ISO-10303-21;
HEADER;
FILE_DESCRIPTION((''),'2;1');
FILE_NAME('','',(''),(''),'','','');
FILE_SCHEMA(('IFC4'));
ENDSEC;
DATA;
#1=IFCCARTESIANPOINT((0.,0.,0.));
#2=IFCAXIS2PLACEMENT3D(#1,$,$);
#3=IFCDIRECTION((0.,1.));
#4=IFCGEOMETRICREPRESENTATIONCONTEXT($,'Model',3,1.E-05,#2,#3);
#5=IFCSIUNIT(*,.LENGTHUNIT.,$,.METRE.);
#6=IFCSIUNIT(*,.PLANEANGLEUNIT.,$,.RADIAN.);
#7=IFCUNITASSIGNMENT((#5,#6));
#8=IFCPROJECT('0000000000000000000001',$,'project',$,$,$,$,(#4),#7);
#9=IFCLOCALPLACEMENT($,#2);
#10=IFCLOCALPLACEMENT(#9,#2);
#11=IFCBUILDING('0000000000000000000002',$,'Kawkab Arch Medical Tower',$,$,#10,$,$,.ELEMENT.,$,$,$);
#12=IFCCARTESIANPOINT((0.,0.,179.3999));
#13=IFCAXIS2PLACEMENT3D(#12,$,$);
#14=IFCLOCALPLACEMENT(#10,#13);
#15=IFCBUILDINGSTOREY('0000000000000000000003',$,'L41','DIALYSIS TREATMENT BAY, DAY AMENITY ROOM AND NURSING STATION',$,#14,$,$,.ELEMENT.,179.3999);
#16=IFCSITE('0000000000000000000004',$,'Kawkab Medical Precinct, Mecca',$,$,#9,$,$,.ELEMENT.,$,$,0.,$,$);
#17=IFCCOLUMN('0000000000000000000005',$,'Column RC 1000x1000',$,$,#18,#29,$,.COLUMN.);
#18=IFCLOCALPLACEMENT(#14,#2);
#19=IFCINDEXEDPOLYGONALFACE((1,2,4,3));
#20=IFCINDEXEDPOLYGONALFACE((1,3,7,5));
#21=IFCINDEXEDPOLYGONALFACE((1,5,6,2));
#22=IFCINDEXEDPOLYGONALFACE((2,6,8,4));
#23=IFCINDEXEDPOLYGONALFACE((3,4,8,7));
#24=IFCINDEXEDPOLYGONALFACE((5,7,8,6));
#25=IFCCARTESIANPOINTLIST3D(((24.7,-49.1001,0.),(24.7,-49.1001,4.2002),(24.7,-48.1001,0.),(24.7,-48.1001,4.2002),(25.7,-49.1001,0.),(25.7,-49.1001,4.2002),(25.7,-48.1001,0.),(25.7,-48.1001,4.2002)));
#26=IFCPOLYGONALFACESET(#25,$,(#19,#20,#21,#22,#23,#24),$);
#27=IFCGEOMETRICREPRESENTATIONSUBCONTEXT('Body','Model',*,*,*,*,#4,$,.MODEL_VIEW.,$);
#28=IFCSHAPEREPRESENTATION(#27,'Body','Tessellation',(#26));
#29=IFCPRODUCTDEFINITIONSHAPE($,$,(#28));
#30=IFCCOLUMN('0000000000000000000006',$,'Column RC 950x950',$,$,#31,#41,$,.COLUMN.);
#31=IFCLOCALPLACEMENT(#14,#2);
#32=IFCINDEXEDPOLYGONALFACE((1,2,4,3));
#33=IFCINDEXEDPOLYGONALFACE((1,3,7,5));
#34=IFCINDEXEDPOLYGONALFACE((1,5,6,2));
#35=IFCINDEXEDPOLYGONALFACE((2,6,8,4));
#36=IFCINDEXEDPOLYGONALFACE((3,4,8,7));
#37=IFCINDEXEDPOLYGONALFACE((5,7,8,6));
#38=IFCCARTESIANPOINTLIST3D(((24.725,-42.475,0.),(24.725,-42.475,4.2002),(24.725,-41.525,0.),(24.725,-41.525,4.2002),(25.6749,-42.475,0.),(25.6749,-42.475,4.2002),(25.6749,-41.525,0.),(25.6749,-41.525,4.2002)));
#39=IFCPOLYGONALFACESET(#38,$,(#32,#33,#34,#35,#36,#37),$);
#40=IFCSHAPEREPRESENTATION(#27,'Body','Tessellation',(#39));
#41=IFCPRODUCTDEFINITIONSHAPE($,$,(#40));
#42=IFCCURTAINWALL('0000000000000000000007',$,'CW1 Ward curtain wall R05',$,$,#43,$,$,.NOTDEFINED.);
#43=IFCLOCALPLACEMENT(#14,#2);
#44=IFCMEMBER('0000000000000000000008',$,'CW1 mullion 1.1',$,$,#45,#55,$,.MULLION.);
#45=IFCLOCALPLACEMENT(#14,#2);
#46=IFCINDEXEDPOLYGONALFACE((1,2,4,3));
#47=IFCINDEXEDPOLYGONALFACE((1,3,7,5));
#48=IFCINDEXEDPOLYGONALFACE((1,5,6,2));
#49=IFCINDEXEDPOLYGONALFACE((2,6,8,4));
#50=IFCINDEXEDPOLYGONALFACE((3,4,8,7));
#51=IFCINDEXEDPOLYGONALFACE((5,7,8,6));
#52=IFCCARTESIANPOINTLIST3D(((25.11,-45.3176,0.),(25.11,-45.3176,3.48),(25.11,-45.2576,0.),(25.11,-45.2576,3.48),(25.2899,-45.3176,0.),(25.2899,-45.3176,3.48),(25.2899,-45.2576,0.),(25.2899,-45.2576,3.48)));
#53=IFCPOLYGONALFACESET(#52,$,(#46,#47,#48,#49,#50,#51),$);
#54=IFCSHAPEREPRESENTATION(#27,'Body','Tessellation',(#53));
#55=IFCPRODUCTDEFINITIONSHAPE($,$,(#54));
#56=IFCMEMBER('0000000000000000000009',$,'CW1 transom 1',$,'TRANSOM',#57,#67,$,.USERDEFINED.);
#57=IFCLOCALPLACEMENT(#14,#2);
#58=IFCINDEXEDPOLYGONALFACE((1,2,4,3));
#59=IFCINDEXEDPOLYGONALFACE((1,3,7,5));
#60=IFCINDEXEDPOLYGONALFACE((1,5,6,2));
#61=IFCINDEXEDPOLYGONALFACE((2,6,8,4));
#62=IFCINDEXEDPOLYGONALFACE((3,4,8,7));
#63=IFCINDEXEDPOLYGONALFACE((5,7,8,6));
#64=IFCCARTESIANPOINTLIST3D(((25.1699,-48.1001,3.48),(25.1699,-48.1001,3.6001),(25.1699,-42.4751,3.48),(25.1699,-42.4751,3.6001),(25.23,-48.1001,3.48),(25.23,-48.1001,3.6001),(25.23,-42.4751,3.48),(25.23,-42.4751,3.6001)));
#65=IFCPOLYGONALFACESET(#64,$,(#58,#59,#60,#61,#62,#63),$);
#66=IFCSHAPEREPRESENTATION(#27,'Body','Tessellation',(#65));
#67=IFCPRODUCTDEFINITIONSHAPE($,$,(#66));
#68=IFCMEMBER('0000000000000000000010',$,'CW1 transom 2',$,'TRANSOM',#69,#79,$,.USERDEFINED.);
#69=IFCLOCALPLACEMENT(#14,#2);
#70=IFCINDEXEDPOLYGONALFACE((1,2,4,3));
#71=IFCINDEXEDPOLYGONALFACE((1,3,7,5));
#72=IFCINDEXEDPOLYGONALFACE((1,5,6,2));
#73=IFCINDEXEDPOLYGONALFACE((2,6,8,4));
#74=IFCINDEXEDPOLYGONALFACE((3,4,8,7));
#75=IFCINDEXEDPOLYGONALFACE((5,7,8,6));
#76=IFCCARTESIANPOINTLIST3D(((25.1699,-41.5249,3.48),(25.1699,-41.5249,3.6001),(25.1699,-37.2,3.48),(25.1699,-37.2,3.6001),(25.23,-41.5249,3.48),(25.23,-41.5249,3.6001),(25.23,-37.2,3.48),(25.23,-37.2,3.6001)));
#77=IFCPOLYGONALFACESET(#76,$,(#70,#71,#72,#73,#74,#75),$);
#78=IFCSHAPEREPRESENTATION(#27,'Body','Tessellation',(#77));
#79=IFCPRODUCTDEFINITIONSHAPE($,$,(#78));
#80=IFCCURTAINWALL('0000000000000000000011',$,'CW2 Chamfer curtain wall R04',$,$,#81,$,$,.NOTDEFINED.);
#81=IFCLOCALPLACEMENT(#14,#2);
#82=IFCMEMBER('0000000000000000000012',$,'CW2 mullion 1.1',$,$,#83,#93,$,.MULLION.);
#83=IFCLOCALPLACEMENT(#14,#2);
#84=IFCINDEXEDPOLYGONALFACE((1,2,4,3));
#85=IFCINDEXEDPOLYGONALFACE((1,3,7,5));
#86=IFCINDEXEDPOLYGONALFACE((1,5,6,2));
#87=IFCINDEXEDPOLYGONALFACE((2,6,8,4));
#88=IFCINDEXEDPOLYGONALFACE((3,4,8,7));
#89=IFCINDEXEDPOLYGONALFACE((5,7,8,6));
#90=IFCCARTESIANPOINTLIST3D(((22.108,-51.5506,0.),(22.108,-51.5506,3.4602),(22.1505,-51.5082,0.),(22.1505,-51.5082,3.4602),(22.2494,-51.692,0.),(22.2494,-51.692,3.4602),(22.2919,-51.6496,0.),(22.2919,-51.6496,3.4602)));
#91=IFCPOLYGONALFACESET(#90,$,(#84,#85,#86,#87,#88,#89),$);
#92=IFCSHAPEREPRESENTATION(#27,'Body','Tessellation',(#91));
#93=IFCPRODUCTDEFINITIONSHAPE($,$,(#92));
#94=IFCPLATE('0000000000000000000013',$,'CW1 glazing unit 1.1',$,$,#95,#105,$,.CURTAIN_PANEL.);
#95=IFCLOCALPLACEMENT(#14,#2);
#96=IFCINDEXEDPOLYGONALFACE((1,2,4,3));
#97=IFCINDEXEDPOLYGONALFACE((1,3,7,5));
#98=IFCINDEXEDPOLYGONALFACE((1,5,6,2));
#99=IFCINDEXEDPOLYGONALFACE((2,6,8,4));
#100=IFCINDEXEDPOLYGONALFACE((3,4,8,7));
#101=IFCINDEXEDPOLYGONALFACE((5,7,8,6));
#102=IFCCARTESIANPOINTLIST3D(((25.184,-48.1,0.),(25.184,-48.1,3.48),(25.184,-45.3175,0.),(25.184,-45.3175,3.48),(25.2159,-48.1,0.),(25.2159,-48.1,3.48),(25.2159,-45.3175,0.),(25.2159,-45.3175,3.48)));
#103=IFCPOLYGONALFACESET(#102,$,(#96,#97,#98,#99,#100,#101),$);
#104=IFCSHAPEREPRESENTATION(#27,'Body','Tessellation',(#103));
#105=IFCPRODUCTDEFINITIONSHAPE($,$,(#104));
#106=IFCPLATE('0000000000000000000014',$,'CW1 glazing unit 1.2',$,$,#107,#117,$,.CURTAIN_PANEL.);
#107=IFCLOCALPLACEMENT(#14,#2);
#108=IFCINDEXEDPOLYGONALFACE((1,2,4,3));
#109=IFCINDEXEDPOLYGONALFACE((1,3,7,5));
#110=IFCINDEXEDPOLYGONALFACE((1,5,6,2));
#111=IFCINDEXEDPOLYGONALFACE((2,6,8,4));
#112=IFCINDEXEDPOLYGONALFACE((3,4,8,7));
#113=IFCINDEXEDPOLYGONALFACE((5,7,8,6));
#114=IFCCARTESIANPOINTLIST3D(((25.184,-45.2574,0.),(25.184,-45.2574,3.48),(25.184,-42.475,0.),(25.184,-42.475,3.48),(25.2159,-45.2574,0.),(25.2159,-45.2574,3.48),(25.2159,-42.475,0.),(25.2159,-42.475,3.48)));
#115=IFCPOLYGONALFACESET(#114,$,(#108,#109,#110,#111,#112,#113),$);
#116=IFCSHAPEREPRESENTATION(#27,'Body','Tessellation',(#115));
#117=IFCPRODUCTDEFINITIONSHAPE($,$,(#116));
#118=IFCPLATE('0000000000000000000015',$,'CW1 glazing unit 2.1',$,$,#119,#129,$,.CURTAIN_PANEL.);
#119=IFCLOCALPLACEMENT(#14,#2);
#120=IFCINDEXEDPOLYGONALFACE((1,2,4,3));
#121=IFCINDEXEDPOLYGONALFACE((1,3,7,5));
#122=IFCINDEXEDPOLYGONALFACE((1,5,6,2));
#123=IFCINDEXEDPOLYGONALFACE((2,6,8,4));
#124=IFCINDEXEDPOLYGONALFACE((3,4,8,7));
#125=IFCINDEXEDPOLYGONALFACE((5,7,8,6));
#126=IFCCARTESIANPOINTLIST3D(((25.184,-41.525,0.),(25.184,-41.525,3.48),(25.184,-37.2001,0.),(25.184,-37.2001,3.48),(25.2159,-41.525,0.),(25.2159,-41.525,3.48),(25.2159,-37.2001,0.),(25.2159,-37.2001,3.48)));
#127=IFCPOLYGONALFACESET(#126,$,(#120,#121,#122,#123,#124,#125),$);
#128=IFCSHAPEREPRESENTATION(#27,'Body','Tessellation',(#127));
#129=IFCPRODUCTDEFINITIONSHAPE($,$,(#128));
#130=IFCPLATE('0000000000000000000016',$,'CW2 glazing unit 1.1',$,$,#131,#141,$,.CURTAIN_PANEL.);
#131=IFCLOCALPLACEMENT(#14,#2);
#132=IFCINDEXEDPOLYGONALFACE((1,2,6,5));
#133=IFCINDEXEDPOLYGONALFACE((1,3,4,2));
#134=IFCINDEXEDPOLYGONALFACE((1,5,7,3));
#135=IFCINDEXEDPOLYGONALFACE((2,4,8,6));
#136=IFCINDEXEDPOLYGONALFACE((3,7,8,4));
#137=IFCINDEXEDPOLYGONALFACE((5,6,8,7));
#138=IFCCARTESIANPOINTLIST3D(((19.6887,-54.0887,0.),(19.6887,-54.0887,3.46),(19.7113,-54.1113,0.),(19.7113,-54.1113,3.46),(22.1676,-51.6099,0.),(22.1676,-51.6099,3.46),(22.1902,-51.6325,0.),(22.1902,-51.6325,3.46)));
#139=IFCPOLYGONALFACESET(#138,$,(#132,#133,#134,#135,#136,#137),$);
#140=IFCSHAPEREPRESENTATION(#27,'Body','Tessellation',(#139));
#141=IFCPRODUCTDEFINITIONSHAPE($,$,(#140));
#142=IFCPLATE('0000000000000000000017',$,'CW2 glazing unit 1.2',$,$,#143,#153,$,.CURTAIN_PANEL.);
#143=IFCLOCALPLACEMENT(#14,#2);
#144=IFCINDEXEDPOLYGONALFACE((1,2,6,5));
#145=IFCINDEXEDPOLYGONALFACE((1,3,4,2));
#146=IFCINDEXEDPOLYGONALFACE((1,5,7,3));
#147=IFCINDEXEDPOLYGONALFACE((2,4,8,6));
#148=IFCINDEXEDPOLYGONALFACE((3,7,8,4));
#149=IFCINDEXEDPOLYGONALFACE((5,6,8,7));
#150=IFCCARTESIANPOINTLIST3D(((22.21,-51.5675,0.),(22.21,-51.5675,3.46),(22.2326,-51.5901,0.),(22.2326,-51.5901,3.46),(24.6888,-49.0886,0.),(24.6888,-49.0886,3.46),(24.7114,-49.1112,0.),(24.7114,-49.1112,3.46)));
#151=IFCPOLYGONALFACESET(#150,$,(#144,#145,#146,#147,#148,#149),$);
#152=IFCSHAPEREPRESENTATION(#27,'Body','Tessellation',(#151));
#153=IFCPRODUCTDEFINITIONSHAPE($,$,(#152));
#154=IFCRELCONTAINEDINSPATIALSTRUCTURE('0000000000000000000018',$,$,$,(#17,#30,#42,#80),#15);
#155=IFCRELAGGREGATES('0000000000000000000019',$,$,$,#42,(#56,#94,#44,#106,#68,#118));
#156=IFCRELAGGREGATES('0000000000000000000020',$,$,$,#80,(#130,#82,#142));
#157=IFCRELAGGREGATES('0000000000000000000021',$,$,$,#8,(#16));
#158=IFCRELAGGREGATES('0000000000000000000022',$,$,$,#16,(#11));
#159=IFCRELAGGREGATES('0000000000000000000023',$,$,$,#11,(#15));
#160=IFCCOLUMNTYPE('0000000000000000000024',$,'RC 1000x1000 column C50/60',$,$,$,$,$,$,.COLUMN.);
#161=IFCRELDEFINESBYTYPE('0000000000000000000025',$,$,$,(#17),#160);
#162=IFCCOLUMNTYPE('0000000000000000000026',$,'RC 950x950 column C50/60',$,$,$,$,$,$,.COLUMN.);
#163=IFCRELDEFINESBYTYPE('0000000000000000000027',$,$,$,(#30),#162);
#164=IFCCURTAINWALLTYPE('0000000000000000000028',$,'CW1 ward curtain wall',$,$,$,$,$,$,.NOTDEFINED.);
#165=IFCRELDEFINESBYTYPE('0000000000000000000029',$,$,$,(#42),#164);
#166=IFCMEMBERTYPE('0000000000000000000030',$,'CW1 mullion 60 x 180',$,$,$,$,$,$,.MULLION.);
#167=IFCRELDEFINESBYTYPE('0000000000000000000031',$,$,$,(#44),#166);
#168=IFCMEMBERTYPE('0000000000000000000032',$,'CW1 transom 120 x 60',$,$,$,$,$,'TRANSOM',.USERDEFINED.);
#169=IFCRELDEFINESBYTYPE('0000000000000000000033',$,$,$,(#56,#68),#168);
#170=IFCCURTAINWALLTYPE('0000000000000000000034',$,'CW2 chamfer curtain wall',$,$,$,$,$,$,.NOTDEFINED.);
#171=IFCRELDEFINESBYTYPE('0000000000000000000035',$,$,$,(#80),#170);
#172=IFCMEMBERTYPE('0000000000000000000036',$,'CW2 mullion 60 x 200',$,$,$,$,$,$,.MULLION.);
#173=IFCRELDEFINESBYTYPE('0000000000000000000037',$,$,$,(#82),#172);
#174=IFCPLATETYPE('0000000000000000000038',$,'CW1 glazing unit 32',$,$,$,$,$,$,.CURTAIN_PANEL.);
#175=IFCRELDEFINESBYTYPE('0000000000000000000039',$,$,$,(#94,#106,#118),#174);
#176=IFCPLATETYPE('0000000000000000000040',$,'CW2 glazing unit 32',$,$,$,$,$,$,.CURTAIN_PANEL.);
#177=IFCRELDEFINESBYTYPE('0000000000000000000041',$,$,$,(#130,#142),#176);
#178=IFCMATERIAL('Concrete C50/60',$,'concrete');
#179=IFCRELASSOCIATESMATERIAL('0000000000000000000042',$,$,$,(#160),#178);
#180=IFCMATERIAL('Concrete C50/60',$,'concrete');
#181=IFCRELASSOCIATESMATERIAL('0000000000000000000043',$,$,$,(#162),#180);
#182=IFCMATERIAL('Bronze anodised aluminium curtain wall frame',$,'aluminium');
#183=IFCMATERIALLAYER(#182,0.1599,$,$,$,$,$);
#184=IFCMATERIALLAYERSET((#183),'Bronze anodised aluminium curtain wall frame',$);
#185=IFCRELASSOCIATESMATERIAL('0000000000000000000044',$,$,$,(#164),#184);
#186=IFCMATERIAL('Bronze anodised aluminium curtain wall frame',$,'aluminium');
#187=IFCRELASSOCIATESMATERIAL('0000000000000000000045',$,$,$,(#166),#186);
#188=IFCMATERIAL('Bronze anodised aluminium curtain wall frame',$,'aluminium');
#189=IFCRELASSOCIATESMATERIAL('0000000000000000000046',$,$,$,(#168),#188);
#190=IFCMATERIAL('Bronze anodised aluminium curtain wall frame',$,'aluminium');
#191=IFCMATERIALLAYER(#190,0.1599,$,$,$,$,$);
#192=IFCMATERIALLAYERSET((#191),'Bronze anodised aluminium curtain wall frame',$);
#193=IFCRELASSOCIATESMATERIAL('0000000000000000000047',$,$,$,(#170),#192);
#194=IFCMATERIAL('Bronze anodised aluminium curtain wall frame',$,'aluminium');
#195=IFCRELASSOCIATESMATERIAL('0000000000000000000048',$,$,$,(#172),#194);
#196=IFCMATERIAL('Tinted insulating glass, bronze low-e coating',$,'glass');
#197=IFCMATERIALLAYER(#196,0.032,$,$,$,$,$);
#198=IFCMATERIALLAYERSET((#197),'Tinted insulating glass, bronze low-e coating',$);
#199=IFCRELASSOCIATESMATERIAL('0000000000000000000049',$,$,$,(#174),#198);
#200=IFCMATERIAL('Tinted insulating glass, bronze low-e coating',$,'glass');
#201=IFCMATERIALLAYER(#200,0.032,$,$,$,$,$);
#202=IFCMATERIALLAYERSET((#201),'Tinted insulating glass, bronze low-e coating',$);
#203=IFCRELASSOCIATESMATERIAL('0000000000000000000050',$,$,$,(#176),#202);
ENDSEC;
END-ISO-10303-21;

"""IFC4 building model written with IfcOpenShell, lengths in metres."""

from ifc_helpers import new_model, si_unit, direction, frame, origin, origin_2d, place, context, subcontext, project, spatial, rectangle, extrude, material, layer, layer_set, material_profile, profile_set, type_object, element, aggregate, save


model = new_model("IFC4")

# Units and contexts
model_context = context("Model", 3, precision=1e-05, world=origin(), true_north=direction((0.0, 1.0)))
body_context = subcontext(model_context, "Body", "Model", "MODEL_VIEW")
ifc_project = project(units=[si_unit("LENGTHUNIT", "METRE"), si_unit("PLANEANGLEUNIT", "RADIAN")], contexts=[model_context])

# Site, building, storey
site_placement = place(None, origin())
site = spatial("IfcSite", under=ifc_project, at=site_placement, Name="Kawkab Medical Precinct, Mecca", CompositionType="ELEMENT", RefElevation=0.0)
building_placement = place(site_placement, origin())
building = spatial("IfcBuilding", under=site, at=building_placement, Name="Kawkab Arch Medical Tower", CompositionType="ELEMENT")
storey_placement = place(building_placement, frame((0.0, 0.0, 179.3999)))
storey = spatial("IfcBuildingStorey", under=building, at=storey_placement, Name="L41", Description="DIALYSIS TREATMENT BAY, DAY AMENITY ROOM AND NURSING STATION", CompositionType="ELEMENT", Elevation=179.3999)

# Columns
ifc_material_1 = material(Name="Concrete C50/60", Category="concrete")
ifc_material_profile_1 = material_profile(ifc_material_1, rectangle(XDim=1.0, YDim=1.0, at=origin_2d()), Name="RC 1000x1000")
ifc_profile_set_1 = profile_set([ifc_material_profile_1], Name="Concrete C50/60")
column_type_1 = type_object("IfcColumnType", Name="RC 1000x1000 column C50/60", PredefinedType="COLUMN", material=ifc_profile_set_1)
column_1_placement = place(storey_placement, frame((25.2, -48.6001, 0.0), z_axis=(0.0, 0.0, 1.0), x_axis=(1.0, 0.0, 0.0)))
element("IfcColumn", 1, at=column_1_placement, inside=storey, type_object=column_type_1, Name="Column RC 1000x1000", PredefinedType="COLUMN", context=body_context, shape_type="SweptSolid", body=[
    extrude(rectangle(XDim=1.0, YDim=1.0, at=origin_2d()), origin(), (0.0, 0.0, 1.0), 4.2002),
])
ifc_material_2 = material(Name="Concrete C50/60", Category="concrete")
ifc_material_profile_2 = material_profile(ifc_material_2, rectangle(XDim=0.95, YDim=0.95, at=origin_2d()), Name="RC 950x950")
ifc_profile_set_2 = profile_set([ifc_material_profile_2], Name="Concrete C50/60")
column_type_2 = type_object("IfcColumnType", Name="RC 950x950 column C50/60", PredefinedType="COLUMN", material=ifc_profile_set_2)
column_2_placement = place(storey_placement, frame((25.2, -42.0, 0.0), z_axis=(0.0, 0.0, 1.0), x_axis=(1.0, 0.0, 0.0)))
element("IfcColumn", 2, at=column_2_placement, inside=storey, type_object=column_type_2, Name="Column RC 950x950", PredefinedType="COLUMN", context=body_context, shape_type="SweptSolid", body=[
    extrude(rectangle(XDim=0.95, YDim=0.95, at=origin_2d()), origin(), (0.0, 0.0, 1.0), 4.2002),
])

# Curtain wall, members
ifc_material_3 = material(Name="Bronze anodised aluminium curtain wall frame", Category="aluminium")
ifc_layer_1 = layer(ifc_material_3, 0.1599)
ifc_layer_set_1 = layer_set([ifc_layer_1], Name="Bronze anodised aluminium curtain wall frame")
curtain_wall_type_1 = type_object("IfcCurtainWallType", Name="CW1 ward curtain wall", PredefinedType="NOTDEFINED", material=ifc_layer_set_1)
placement = place(storey_placement, origin())
curtain_wall_1 = element("IfcCurtainWall", 3, at=placement, inside=storey, type_object=curtain_wall_type_1, Name="CW1 Ward curtain wall R05", PredefinedType="NOTDEFINED")
ifc_material_4 = material(Name="Bronze anodised aluminium curtain wall frame", Category="aluminium")
ifc_material_profile_3 = material_profile(ifc_material_4, rectangle(XDim=0.1799, YDim=0.0601, at=origin_2d()), Name="AL 60x180")
ifc_profile_set_3 = profile_set([ifc_material_profile_3], Name="Bronze anodised aluminium curtain wall frame")
member_type_1 = type_object("IfcMemberType", Name="CW1 mullion 60 x 180", PredefinedType="MULLION", material=ifc_profile_set_3)
member_1_placement = place(storey_placement, frame((25.2, -45.2876, 0.0), z_axis=(0.0, 0.0, 1.0), x_axis=(-1.0, 0.0, 0.0)))
member_1 = element("IfcMember", 4, at=member_1_placement, type_object=member_type_1, Name="CW1 mullion 1.1", PredefinedType="MULLION", context=body_context, shape_type="SweptSolid", body=[
    extrude(rectangle(XDim=0.1799, YDim=0.0601, at=origin_2d()), origin(), (0.0, 0.0, 1.0), 3.48),
])
ifc_material_5 = material(Name="Bronze anodised aluminium curtain wall frame", Category="aluminium")
ifc_material_profile_4 = material_profile(ifc_material_5, rectangle(XDim=0.0601, YDim=0.1201, at=origin_2d()), Name="AL 60x120")
ifc_profile_set_4 = profile_set([ifc_material_profile_4], Name="Bronze anodised aluminium curtain wall frame")
member_type_2 = type_object("IfcMemberType", Name="CW1 transom 120 x 60", ElementType="TRANSOM", PredefinedType="USERDEFINED", material=ifc_profile_set_4)
member_2_placement = place(storey_placement, frame((25.2, -48.1001, 3.54), z_axis=(0.0, 1.0, 0.0), x_axis=(-1.0, 0.0, 0.0)))
member_2 = element("IfcMember", 5, at=member_2_placement, type_object=member_type_2, Name="CW1 transom 1", ObjectType="TRANSOM", PredefinedType="USERDEFINED", context=body_context, shape_type="SweptSolid", body=[
    extrude(rectangle(XDim=0.0601, YDim=0.1201, at=origin_2d()), origin(), (0.0, 0.0, 1.0), 5.625),
])
member_3_placement = place(storey_placement, frame((25.2, -41.5249, 3.54), z_axis=(0.0, 1.0, 0.0), x_axis=(-1.0, 0.0, 0.0)))
member_3 = element("IfcMember", 6, at=member_3_placement, type_object=member_type_2, Name="CW1 transom 2", ObjectType="TRANSOM", PredefinedType="USERDEFINED", context=body_context, shape_type="SweptSolid", body=[
    extrude(rectangle(XDim=0.0601, YDim=0.1201, at=origin_2d()), origin(), (0.0, 0.0, 1.0), 4.325),
])

# Curtain wall, member
ifc_material_6 = material(Name="Bronze anodised aluminium curtain wall frame", Category="aluminium")
ifc_layer_2 = layer(ifc_material_6, 0.1599)
ifc_layer_set_2 = layer_set([ifc_layer_2], Name="Bronze anodised aluminium curtain wall frame")
curtain_wall_type_2 = type_object("IfcCurtainWallType", Name="CW2 chamfer curtain wall", PredefinedType="NOTDEFINED", material=ifc_layer_set_2)
curtain_wall_2 = element("IfcCurtainWall", 7, at=placement, inside=storey, type_object=curtain_wall_type_2, Name="CW2 Chamfer curtain wall R04", PredefinedType="NOTDEFINED")
ifc_material_7 = material(Name="Bronze anodised aluminium curtain wall frame", Category="aluminium")
ifc_material_profile_5 = material_profile(ifc_material_7, rectangle(XDim=0.2, YDim=0.0601, at=origin_2d()), Name="AL 60x200")
ifc_profile_set_5 = profile_set([ifc_material_profile_5], Name="Bronze anodised aluminium curtain wall frame")
member_type_3 = type_object("IfcMemberType", Name="CW2 mullion 60 x 200", PredefinedType="MULLION", material=ifc_profile_set_5)
member_4_placement = place(storey_placement, frame((22.2, -51.6001, 0.0), z_axis=(0.0, 0.0, 1.0), x_axis=(-0.707107, 0.707107, 0.0)))
member_4 = element("IfcMember", 8, at=member_4_placement, type_object=member_type_3, Name="CW2 mullion 1.1", PredefinedType="MULLION", context=body_context, shape_type="SweptSolid", body=[
    extrude(rectangle(XDim=0.2, YDim=0.0601, at=origin_2d()), origin(), (0.0, 0.0, 1.0), 3.4602),
])

# Plates
ifc_material_8 = material(Name="Tinted insulating glass, bronze low-e coating", Category="glass")
ifc_layer_3 = layer(ifc_material_8, 0.032)
ifc_layer_set_3 = layer_set([ifc_layer_3], Name="Tinted insulating glass, bronze low-e coating")
plate_type_1 = type_object("IfcPlateType", Name="CW1 glazing unit 32", PredefinedType="CURTAIN_PANEL", material=ifc_layer_set_3)
plate_1_placement = place(storey_placement, frame((25.2, -46.7087, 0.0), z_axis=(0.0, 0.0, 1.0), x_axis=(0.0, 1.0, 0.0)))
plate_1 = element("IfcPlate", 9, at=plate_1_placement, type_object=plate_type_1, Name="CW1 glazing unit 1.1", PredefinedType="CURTAIN_PANEL", context=body_context, shape_type="SweptSolid", body=[
    extrude(rectangle(XDim=2.7825, YDim=0.032, at=origin_2d()), origin(), (0.0, 0.0, 1.0), 3.48),
])
plate_2_placement = place(storey_placement, frame((25.2, -43.8662, 0.0), z_axis=(0.0, 0.0, 1.0), x_axis=(0.0, 1.0, 0.0)))
plate_2 = element("IfcPlate", 10, at=plate_2_placement, type_object=plate_type_1, Name="CW1 glazing unit 1.2", PredefinedType="CURTAIN_PANEL", context=body_context, shape_type="SweptSolid", body=[
    extrude(rectangle(XDim=2.7825, YDim=0.032, at=origin_2d()), origin(), (0.0, 0.0, 1.0), 3.48),
])
plate_3_placement = place(storey_placement, frame((25.2, -39.3625, 0.0), z_axis=(0.0, 0.0, 1.0), x_axis=(0.0, 1.0, 0.0)))
plate_3 = element("IfcPlate", 11, at=plate_3_placement, type_object=plate_type_1, Name="CW1 glazing unit 2.1", PredefinedType="CURTAIN_PANEL", context=body_context, shape_type="SweptSolid", body=[
    extrude(rectangle(XDim=4.325, YDim=0.032, at=origin_2d()), origin(), (0.0, 0.0, 1.0), 3.48),
])
aggregate(curtain_wall_1, [member_2, plate_1, member_1, plate_2, member_3, plate_3])
ifc_material_9 = material(Name="Tinted insulating glass, bronze low-e coating", Category="glass")
ifc_layer_4 = layer(ifc_material_9, 0.032)
ifc_layer_set_4 = layer_set([ifc_layer_4], Name="Tinted insulating glass, bronze low-e coating")
plate_type_2 = type_object("IfcPlateType", Name="CW2 glazing unit 32", PredefinedType="CURTAIN_PANEL", material=ifc_layer_set_4)
plate_4_placement = place(storey_placement, frame((20.9395, -52.8606, 0.0), z_axis=(0.0, 0.0, 1.0), x_axis=(0.707107, 0.707107, 0.0)))
plate_4 = element("IfcPlate", 12, at=plate_4_placement, type_object=plate_type_2, Name="CW2 glazing unit 1.1", PredefinedType="CURTAIN_PANEL", context=body_context, shape_type="SweptSolid", body=[
    extrude(rectangle(XDim=3.5056, YDim=0.032, at=origin_2d()), origin(), (0.0, 0.0, 1.0), 3.46),
])
plate_5_placement = place(storey_placement, frame((23.4607, -50.3394, 0.0), z_axis=(0.0, 0.0, 1.0), x_axis=(0.707107, 0.707107, 0.0)))
plate_5 = element("IfcPlate", 13, at=plate_5_placement, type_object=plate_type_2, Name="CW2 glazing unit 1.2", PredefinedType="CURTAIN_PANEL", context=body_context, shape_type="SweptSolid", body=[
    extrude(rectangle(XDim=3.5056, YDim=0.032, at=origin_2d()), origin(), (0.0, 0.0, 1.0), 3.46),
])
aggregate(curtain_wall_2, [plate_4, member_4, plate_5])

save(model, "model.ifc")
